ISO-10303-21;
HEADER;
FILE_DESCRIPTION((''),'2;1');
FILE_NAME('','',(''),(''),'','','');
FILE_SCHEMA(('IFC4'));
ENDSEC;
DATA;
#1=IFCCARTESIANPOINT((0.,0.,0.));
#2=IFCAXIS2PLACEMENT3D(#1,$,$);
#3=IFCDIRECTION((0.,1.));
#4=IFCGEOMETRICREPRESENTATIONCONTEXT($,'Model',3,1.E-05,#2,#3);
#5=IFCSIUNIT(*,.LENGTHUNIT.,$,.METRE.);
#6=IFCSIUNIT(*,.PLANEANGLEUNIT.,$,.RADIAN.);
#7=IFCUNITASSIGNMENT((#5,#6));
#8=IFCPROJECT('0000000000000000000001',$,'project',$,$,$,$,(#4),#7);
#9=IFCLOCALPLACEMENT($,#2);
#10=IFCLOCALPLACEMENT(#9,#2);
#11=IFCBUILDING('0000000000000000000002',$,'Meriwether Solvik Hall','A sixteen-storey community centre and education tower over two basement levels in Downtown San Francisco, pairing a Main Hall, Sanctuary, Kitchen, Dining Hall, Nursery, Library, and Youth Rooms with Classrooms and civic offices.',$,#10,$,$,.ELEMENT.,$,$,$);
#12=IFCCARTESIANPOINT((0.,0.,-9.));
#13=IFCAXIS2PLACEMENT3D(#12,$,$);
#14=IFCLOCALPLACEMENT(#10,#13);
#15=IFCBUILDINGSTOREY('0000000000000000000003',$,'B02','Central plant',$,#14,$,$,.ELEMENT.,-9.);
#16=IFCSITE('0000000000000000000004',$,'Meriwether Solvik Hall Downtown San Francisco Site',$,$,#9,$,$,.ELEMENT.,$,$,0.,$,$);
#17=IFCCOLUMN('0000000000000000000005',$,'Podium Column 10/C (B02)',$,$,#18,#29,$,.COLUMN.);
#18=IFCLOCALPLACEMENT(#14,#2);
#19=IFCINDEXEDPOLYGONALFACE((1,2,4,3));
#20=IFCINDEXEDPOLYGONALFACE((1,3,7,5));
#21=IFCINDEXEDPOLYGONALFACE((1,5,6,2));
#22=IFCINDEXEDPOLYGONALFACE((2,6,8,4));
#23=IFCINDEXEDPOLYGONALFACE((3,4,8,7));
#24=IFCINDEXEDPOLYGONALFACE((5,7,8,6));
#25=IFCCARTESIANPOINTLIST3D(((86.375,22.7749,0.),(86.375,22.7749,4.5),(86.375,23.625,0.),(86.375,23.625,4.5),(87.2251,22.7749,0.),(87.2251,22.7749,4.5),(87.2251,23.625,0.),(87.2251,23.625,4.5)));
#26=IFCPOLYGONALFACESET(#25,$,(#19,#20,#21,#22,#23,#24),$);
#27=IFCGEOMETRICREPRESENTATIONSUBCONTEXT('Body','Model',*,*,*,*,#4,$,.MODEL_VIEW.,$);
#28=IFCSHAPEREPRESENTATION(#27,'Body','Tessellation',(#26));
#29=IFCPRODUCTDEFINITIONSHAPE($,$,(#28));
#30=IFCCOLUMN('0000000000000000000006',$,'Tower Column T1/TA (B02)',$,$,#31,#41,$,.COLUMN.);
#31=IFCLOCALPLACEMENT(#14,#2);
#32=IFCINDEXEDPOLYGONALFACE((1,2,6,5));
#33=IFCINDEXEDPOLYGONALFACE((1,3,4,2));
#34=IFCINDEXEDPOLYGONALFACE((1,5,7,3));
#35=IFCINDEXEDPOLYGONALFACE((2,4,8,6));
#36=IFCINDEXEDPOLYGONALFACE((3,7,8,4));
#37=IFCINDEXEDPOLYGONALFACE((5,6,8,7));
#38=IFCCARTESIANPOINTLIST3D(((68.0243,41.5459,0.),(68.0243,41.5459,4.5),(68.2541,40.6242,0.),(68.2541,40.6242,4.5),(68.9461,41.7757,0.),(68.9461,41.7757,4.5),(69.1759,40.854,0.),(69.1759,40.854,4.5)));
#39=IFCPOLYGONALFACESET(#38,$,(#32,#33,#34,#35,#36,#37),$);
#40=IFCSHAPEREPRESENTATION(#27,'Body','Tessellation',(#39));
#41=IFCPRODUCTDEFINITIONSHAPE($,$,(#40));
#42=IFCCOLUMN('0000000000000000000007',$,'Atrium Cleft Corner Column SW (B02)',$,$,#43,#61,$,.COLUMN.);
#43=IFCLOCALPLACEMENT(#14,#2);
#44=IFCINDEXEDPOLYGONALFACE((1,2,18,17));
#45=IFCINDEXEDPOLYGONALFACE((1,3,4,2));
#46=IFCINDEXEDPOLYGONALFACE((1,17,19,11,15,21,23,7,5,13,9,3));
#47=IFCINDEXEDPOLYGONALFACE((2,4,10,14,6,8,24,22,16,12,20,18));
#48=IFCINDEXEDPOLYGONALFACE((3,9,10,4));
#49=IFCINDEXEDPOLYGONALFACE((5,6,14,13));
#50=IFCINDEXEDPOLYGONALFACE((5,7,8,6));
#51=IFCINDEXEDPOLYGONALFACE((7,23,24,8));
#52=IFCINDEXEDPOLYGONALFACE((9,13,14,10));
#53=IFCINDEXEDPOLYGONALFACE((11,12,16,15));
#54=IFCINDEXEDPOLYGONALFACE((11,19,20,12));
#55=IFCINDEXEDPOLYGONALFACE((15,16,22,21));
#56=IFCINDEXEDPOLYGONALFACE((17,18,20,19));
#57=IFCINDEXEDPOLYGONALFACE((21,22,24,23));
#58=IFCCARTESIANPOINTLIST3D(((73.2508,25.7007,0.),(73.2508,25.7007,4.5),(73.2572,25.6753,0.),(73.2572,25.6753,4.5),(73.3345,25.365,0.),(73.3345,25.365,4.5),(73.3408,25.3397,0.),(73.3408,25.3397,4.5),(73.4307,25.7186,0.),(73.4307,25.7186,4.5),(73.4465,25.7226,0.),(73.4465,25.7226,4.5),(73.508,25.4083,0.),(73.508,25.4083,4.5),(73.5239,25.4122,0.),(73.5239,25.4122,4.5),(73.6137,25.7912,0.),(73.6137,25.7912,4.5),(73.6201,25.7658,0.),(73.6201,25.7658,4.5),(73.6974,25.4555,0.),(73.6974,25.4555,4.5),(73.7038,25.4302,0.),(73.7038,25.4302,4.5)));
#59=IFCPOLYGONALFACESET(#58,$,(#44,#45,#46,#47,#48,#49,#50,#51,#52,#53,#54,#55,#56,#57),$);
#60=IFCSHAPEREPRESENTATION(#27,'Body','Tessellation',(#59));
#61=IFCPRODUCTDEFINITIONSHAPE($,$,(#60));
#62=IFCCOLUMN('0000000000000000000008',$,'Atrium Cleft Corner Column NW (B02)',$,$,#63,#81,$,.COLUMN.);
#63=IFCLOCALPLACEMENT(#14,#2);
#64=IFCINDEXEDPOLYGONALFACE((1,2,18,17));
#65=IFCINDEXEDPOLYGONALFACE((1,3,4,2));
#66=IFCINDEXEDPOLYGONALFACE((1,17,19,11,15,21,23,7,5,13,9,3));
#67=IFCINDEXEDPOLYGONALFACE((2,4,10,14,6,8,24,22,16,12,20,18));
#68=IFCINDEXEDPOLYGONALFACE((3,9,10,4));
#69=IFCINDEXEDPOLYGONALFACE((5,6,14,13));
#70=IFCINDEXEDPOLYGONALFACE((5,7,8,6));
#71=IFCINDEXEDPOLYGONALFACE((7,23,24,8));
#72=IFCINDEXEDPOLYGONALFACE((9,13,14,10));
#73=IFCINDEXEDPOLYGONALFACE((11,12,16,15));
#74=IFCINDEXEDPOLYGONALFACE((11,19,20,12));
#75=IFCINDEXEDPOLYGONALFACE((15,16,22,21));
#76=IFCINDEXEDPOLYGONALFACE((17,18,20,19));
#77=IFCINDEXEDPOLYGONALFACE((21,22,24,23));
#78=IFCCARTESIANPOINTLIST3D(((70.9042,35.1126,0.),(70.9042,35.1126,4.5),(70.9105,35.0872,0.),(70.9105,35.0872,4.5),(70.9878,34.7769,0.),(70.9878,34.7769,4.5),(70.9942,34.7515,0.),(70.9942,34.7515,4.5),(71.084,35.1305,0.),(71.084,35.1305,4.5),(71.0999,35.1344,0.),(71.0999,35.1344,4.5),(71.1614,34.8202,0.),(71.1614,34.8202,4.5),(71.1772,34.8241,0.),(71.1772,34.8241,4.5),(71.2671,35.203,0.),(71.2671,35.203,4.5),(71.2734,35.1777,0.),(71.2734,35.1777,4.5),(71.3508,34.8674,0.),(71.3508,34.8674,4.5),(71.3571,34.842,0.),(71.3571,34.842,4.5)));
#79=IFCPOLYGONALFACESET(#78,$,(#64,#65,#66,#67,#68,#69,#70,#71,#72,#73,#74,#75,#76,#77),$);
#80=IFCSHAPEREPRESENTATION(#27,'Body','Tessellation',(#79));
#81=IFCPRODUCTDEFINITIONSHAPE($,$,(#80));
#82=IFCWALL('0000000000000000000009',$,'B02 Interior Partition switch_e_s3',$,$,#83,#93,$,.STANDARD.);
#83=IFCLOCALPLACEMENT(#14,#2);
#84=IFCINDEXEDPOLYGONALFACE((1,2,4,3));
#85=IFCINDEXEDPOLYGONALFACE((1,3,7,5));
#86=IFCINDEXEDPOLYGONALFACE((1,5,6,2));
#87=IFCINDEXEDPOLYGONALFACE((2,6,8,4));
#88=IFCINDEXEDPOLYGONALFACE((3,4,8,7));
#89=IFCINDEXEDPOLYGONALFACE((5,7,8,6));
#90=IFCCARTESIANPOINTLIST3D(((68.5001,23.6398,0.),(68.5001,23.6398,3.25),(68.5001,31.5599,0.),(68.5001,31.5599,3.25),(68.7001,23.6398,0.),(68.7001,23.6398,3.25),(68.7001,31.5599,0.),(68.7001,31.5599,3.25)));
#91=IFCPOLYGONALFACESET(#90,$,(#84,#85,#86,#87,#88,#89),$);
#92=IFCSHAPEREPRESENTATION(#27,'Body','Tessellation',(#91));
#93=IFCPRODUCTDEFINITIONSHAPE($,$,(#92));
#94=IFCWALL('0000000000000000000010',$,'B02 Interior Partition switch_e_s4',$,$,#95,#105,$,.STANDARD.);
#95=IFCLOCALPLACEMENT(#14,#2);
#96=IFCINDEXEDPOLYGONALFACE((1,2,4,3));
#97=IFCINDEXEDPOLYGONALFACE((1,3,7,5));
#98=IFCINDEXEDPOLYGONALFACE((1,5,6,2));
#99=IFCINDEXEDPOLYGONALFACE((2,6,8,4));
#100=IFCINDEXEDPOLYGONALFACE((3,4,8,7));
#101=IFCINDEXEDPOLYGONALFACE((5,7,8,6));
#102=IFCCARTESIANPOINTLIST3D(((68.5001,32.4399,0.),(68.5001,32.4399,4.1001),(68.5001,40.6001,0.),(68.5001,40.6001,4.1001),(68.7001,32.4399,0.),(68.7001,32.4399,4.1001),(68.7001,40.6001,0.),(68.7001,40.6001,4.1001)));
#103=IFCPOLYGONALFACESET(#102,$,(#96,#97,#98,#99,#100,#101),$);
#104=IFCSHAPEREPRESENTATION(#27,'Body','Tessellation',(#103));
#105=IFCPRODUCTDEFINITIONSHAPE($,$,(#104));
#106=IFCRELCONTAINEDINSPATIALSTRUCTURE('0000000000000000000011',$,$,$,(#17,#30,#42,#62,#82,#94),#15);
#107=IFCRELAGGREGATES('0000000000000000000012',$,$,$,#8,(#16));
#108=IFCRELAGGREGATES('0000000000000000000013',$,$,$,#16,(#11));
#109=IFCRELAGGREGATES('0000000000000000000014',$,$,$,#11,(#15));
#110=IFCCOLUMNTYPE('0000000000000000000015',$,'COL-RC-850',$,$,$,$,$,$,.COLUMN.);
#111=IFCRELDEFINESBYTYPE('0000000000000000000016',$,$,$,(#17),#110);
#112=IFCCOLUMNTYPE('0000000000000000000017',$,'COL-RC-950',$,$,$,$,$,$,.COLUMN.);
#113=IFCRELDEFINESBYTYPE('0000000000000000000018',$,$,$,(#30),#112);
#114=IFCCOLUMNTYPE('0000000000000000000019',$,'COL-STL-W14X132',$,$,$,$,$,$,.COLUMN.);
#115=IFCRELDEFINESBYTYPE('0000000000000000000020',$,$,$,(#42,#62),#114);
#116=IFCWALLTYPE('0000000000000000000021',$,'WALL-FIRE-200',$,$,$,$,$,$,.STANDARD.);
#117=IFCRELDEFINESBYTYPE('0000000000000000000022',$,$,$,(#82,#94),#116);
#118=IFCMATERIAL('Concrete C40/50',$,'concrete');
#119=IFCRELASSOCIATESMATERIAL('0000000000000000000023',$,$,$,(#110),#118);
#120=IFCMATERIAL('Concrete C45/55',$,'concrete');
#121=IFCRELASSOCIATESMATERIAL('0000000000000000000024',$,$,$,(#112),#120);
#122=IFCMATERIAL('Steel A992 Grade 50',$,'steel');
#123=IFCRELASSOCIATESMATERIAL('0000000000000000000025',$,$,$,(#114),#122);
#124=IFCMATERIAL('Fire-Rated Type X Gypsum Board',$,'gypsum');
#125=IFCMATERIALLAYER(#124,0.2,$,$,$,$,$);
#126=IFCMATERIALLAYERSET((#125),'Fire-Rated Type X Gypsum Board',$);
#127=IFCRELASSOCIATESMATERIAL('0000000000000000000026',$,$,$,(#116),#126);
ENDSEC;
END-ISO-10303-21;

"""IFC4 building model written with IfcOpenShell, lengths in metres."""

from ifc_helpers import new_model, si_unit, direction, frame, frame_2d, origin, origin_2d, place, context, subcontext, project, spatial, rectangle, i_section, extrude, material, layer, layer_set, material_profile, profile_set, type_object, element, save


model = new_model("IFC4")

# Units and contexts
model_context = context("Model", 3, precision=1e-05, world=origin(), true_north=direction((0.0, 1.0)))
body_context = subcontext(model_context, "Body", "Model", "MODEL_VIEW")
ifc_project = project(units=[si_unit("LENGTHUNIT", "METRE"), si_unit("PLANEANGLEUNIT", "RADIAN")], contexts=[model_context])

# Site, building, storey
site_placement = place(None, origin())
site = spatial("IfcSite", under=ifc_project, at=site_placement, Name="Meriwether Solvik Hall Downtown San Francisco Site", CompositionType="ELEMENT", RefElevation=0.0)
building_placement = place(site_placement, origin())
building = spatial("IfcBuilding", under=site, at=building_placement, Name="Meriwether Solvik Hall", Description="A sixteen-storey community centre and education tower over two basement levels in Downtown San Francisco, pairing a Main Hall, Sanctuary, Kitchen, Dining Hall, Nursery, Library, and Youth Rooms with Classrooms and civic offices.", CompositionType="ELEMENT")
storey_placement = place(building_placement, frame((0.0, 0.0, -9.0)))
storey = spatial("IfcBuildingStorey", under=building, at=storey_placement, Name="B02", Description="Central plant", CompositionType="ELEMENT", Elevation=-9.0)

# Columns
ifc_material_1 = material(Name="Concrete C40/50", Category="concrete")
ifc_material_profile_1 = material_profile(ifc_material_1, rectangle(XDim=0.8501, YDim=0.8501, at=origin_2d()), Name="RCC-850X850")
ifc_profile_set_1 = profile_set([ifc_material_profile_1], Name="Concrete C40/50")
column_type_1 = type_object("IfcColumnType", Name="COL-RC-850", PredefinedType="COLUMN", material=ifc_profile_set_1)
for number, where, z_axis, x_axis, name in (
    (1, (86.8, 23.2, 0.0), (0.0, 0.0, 1.0), (1.0, 0.0, 0.0), "Podium Column 10/C (B02)"),
):
    element("IfcColumn", number, at=place(storey_placement, frame(where, z_axis=z_axis, x_axis=x_axis)), inside=storey, type_object=column_type_1, Name=name, PredefinedType="COLUMN", context=body_context, shape_type="SweptSolid", body=[
        extrude(rectangle(XDim=0.8501, YDim=0.8501, at=origin_2d()), origin(), (0.0, 0.0, 1.0), 4.5),
    ])
ifc_material_2 = material(Name="Concrete C45/55", Category="concrete")
ifc_material_profile_2 = material_profile(ifc_material_2, rectangle(XDim=0.95, YDim=0.95, at=origin_2d()), Name="RCC-950X950")
ifc_profile_set_2 = profile_set([ifc_material_profile_2], Name="Concrete C45/55")
column_type_2 = type_object("IfcColumnType", Name="COL-RC-950", PredefinedType="COLUMN", material=ifc_profile_set_2)
column_placement = place(storey_placement, frame((68.6001, 41.2, 0.0), z_axis=(0.0, 0.0, 1.0), x_axis=(0.970296, 0.241922, 0.0)))
element("IfcColumn", 2, at=column_placement, inside=storey, type_object=column_type_2, Name="Tower Column T1/TA (B02)", PredefinedType="COLUMN", context=body_context, shape_type="SweptSolid", body=[
    extrude(rectangle(XDim=0.95, YDim=0.95, at=origin_2d()), origin(), (0.0, 0.0, 1.0), 4.5),
])
ifc_material_3 = material(Name="Steel A992 Grade 50", Category="steel")
ifc_material_profile_3 = material_profile(ifc_material_3, i_section(OverallWidth=0.374, OverallDepth=0.3721, WebThickness=0.0164, FlangeThickness=0.0261, at=origin_2d()), Name="W14X132")
ifc_profile_set_3 = profile_set([ifc_material_profile_3], Name="Steel A992 Grade 50")
column_type_3 = type_object("IfcColumnType", Name="COL-STL-W14X132", PredefinedType="COLUMN", material=ifc_profile_set_3)
for number, where, z_axis, x_axis, name in (
    (3, (73.4773, 25.5654, 0.0), (0.0, 0.0, 1.0), (0.970296, 0.241922, 0.0), "Atrium Cleft Corner Column SW (B02)"),
    (4, (71.1306, 34.9773, 0.0), (0.0, 0.0, 1.0), (0.970296, 0.241922, 0.0), "Atrium Cleft Corner Column NW (B02)"),
):
    element("IfcColumn", number, at=place(storey_placement, frame(where, z_axis=z_axis, x_axis=x_axis)), inside=storey, type_object=column_type_3, Name=name, PredefinedType="COLUMN", context=body_context, shape_type="SweptSolid", body=[
        extrude(i_section(OverallWidth=0.374, OverallDepth=0.3721, WebThickness=0.0164, FlangeThickness=0.0261, at=origin_2d()), origin(), (0.0, 0.0, 1.0), 4.5),
    ])

# Walls
ifc_material_4 = material(Name="Fire-Rated Type X Gypsum Board", Category="gypsum")
ifc_layer_1 = layer(ifc_material_4, 0.2)
ifc_layer_set_1 = layer_set([ifc_layer_1], Name="Fire-Rated Type X Gypsum Board")
wall_type = type_object("IfcWallType", Name="WALL-FIRE-200", PredefinedType="STANDARD", material=ifc_layer_set_1)
wall_1_placement = place(storey_placement, frame((68.6001, 23.6399, 0.0), z_axis=(0.0, 0.0, 1.0), x_axis=(0.0, 1.0, 0.0)))
element("IfcWall", 5, at=wall_1_placement, inside=storey, type_object=wall_type, Name="B02 Interior Partition switch_e_s3", PredefinedType="STANDARD", context=body_context, shape_type="SweptSolid", body=[
    extrude(rectangle(XDim=7.9202, YDim=0.2, at=frame_2d((3.96, 0.0))), origin(), (0.0, 0.0, 1.0), 3.25),
])
wall_2_placement = place(storey_placement, frame((68.6001, 32.4399, 0.0), z_axis=(0.0, 0.0, 1.0), x_axis=(0.0, 1.0, 0.0)))
element("IfcWall", 6, at=wall_2_placement, inside=storey, type_object=wall_type, Name="B02 Interior Partition switch_e_s4", PredefinedType="STANDARD", context=body_context, shape_type="SweptSolid", body=[
    extrude(rectangle(XDim=8.1602, YDim=0.2, at=frame_2d((4.0801, 0.0))), origin(), (0.0, 0.0, 1.0), 4.1001),
])

save(model, "model.ifc")
